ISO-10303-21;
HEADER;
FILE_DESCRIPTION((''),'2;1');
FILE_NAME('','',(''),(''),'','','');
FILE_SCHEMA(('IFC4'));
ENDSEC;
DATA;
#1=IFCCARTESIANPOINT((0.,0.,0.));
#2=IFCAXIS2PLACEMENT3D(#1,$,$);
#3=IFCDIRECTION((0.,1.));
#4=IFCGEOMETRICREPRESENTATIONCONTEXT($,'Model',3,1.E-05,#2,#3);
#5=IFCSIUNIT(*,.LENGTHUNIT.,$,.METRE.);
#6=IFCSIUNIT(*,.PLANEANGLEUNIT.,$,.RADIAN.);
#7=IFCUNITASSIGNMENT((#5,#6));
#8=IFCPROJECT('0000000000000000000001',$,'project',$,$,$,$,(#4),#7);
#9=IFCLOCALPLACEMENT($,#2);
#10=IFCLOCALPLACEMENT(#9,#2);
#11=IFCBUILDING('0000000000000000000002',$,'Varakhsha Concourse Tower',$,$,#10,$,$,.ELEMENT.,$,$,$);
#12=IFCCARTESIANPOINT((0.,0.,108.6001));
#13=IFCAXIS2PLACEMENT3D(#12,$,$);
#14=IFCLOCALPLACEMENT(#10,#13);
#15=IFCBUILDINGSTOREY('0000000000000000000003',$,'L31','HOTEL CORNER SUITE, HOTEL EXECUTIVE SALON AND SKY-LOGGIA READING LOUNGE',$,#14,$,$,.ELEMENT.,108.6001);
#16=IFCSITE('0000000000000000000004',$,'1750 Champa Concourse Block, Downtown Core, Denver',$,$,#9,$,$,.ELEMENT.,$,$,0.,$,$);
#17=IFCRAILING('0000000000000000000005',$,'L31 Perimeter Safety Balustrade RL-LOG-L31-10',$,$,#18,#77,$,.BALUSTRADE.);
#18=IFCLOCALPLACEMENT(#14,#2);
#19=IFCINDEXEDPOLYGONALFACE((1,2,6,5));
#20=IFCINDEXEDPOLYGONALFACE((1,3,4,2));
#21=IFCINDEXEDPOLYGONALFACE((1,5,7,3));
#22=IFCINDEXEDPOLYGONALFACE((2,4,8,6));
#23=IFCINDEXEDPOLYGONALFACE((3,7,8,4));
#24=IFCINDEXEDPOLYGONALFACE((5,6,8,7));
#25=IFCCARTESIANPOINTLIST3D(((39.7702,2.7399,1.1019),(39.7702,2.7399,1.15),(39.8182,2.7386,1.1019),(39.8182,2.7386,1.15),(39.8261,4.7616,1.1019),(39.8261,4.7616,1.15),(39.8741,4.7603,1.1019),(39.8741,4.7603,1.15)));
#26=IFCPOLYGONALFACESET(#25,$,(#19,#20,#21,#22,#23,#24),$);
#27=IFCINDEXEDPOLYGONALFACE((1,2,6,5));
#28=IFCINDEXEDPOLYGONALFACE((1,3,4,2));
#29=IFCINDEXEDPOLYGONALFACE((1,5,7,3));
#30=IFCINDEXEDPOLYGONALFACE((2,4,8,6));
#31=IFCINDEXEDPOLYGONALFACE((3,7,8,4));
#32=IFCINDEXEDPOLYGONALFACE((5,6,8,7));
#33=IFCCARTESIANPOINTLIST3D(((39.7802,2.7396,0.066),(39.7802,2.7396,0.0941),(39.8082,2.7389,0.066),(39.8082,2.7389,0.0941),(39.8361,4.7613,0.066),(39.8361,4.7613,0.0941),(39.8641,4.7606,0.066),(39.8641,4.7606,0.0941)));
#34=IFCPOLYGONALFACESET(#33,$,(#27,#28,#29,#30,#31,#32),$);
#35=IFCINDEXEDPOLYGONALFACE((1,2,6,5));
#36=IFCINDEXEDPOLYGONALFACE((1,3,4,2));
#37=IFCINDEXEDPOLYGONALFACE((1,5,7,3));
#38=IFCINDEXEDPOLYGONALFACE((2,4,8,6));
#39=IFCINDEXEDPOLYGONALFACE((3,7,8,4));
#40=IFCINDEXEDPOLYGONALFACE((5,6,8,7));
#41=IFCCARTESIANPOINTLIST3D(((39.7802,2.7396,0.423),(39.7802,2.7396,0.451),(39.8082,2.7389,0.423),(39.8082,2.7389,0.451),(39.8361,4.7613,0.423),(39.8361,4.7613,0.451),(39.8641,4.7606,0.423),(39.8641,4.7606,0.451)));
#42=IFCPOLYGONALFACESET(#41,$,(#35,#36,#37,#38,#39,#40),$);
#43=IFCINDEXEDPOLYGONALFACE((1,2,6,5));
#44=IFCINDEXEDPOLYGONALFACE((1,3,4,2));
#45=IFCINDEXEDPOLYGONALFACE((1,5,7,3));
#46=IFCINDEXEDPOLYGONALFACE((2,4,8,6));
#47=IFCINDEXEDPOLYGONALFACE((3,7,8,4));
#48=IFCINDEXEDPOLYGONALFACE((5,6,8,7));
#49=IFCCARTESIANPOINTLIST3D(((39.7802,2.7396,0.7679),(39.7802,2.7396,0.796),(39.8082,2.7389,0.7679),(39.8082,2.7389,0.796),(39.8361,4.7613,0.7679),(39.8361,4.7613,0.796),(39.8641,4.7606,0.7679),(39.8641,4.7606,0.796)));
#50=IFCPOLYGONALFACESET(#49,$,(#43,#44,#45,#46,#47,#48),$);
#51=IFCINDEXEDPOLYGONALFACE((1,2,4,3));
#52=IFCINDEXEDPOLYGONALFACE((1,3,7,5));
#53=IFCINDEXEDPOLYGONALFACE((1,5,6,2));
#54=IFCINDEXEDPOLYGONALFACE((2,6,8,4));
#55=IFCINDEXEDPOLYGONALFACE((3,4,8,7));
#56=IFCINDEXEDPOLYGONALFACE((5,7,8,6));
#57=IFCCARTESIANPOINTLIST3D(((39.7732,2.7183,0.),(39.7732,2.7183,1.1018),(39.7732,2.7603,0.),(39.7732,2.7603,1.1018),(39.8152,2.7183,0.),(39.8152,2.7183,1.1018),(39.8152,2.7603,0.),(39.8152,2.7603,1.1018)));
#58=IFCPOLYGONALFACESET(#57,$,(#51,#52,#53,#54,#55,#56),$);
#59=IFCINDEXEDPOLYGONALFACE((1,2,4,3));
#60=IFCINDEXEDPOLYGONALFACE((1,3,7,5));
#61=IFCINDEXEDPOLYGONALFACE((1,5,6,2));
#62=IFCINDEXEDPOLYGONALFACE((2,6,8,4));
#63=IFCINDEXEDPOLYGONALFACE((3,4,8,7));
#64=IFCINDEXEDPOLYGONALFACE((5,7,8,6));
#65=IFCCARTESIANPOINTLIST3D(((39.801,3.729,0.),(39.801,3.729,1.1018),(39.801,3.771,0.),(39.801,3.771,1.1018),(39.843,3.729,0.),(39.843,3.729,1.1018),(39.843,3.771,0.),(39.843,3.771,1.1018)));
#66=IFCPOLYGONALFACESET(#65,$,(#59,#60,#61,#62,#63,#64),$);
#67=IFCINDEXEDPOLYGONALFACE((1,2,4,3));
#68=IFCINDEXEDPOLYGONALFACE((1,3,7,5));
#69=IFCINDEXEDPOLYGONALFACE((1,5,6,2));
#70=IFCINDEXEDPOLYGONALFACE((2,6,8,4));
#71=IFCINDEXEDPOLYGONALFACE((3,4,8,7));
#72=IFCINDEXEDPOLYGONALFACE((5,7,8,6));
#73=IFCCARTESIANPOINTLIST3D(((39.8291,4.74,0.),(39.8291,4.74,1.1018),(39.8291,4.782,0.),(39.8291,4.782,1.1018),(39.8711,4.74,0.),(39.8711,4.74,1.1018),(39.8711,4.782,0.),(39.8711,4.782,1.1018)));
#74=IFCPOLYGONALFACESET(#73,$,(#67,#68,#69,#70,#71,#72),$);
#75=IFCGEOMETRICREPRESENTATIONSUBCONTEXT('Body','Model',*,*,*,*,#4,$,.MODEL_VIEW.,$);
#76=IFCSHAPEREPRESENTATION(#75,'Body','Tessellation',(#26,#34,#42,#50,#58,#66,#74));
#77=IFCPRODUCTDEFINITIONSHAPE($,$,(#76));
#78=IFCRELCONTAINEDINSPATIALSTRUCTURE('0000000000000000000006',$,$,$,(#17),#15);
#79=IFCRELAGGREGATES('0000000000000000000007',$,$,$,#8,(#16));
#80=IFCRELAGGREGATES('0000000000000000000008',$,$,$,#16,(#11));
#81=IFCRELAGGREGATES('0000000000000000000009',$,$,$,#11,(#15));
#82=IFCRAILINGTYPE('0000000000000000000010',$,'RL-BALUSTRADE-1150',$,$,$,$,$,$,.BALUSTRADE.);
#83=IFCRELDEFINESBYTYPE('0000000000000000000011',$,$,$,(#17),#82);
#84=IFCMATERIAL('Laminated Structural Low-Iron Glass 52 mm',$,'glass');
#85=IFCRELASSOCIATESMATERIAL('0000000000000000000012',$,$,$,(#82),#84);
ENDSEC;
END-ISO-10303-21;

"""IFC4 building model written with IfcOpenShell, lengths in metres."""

from ifc_helpers import new_model, si_unit, direction, frame, origin, origin_2d, place, context, subcontext, project, spatial, rectangle, extrude, material, type_object, element, save


model = new_model("IFC4")

# Units and contexts
model_context = context("Model", 3, precision=1e-05, world=origin(), true_north=direction((0.0, 1.0)))
body_context = subcontext(model_context, "Body", "Model", "MODEL_VIEW")
ifc_project = project(units=[si_unit("LENGTHUNIT", "METRE"), si_unit("PLANEANGLEUNIT", "RADIAN")], contexts=[model_context])

# Site, building, storey
site_placement = place(None, origin())
site = spatial("IfcSite", under=ifc_project, at=site_placement, Name="1750 Champa Concourse Block, Downtown Core, Denver", CompositionType="ELEMENT", RefElevation=0.0)
building_placement = place(site_placement, origin())
building = spatial("IfcBuilding", under=site, at=building_placement, Name="Varakhsha Concourse Tower", CompositionType="ELEMENT")
storey_placement = place(building_placement, frame((0.0, 0.0, 108.6001)))
storey = spatial("IfcBuildingStorey", under=building, at=storey_placement, Name="L31", Description="HOTEL CORNER SUITE, HOTEL EXECUTIVE SALON AND SKY-LOGGIA READING LOUNGE", CompositionType="ELEMENT", Elevation=108.6001)

# Railing
ifc_material_1 = material(Name="Laminated Structural Low-Iron Glass 52 mm", Category="glass")
railing_type = type_object("IfcRailingType", Name="RL-BALUSTRADE-1150", PredefinedType="BALUSTRADE", material=ifc_material_1)
railing_placement = place(storey_placement, frame((39.7942, 2.7393, 0.0)))
element("IfcRailing", 1, at=railing_placement, inside=storey, type_object=railing_type, Name="L31 Perimeter Safety Balustrade RL-LOG-L31-10", PredefinedType="BALUSTRADE", context=body_context, shape_type="SweptSolid", body=[
    extrude(rectangle(XDim=0.0481, YDim=0.0481, at=origin_2d()), frame((0.0, 0.0, 1.126), z_axis=(0.027643, 0.999618, 0.0), x_axis=(-0.999618, 0.027643, 0.0)), (0.0, 0.0, 1.0), 2.0225),
    extrude(rectangle(XDim=0.0281, YDim=0.0281, at=origin_2d()), frame((0.0, 0.0, 0.0801), z_axis=(0.027643, 0.999618, 0.0), x_axis=(-0.999618, 0.027643, 0.0)), (0.0, 0.0, 1.0), 2.0225),
    extrude(rectangle(XDim=0.0281, YDim=0.0281, at=origin_2d()), frame((0.0, 0.0, 0.437), z_axis=(0.027643, 0.999618, 0.0), x_axis=(-0.999618, 0.027643, 0.0)), (0.0, 0.0, 1.0), 2.0225),
    extrude(rectangle(XDim=0.0281, YDim=0.0281, at=origin_2d()), frame((0.0, 0.0, 0.782), z_axis=(0.027643, 0.999618, 0.0), x_axis=(-0.999618, 0.027643, 0.0)), (0.0, 0.0, 1.0), 2.0225),
    extrude(rectangle(XDim=0.042, YDim=0.042, at=origin_2d()), origin(), (0.0, 0.0, 1.0), 1.1018),
    extrude(rectangle(XDim=0.042, YDim=0.042, at=origin_2d()), frame((0.0278, 1.0107, 0.0)), (0.0, 0.0, 1.0), 1.1018),
    extrude(rectangle(XDim=0.042, YDim=0.042, at=origin_2d()), frame((0.0559, 2.0217, 0.0)), (0.0, 0.0, 1.0), 1.1018),
])

save(model, "model.ifc")
